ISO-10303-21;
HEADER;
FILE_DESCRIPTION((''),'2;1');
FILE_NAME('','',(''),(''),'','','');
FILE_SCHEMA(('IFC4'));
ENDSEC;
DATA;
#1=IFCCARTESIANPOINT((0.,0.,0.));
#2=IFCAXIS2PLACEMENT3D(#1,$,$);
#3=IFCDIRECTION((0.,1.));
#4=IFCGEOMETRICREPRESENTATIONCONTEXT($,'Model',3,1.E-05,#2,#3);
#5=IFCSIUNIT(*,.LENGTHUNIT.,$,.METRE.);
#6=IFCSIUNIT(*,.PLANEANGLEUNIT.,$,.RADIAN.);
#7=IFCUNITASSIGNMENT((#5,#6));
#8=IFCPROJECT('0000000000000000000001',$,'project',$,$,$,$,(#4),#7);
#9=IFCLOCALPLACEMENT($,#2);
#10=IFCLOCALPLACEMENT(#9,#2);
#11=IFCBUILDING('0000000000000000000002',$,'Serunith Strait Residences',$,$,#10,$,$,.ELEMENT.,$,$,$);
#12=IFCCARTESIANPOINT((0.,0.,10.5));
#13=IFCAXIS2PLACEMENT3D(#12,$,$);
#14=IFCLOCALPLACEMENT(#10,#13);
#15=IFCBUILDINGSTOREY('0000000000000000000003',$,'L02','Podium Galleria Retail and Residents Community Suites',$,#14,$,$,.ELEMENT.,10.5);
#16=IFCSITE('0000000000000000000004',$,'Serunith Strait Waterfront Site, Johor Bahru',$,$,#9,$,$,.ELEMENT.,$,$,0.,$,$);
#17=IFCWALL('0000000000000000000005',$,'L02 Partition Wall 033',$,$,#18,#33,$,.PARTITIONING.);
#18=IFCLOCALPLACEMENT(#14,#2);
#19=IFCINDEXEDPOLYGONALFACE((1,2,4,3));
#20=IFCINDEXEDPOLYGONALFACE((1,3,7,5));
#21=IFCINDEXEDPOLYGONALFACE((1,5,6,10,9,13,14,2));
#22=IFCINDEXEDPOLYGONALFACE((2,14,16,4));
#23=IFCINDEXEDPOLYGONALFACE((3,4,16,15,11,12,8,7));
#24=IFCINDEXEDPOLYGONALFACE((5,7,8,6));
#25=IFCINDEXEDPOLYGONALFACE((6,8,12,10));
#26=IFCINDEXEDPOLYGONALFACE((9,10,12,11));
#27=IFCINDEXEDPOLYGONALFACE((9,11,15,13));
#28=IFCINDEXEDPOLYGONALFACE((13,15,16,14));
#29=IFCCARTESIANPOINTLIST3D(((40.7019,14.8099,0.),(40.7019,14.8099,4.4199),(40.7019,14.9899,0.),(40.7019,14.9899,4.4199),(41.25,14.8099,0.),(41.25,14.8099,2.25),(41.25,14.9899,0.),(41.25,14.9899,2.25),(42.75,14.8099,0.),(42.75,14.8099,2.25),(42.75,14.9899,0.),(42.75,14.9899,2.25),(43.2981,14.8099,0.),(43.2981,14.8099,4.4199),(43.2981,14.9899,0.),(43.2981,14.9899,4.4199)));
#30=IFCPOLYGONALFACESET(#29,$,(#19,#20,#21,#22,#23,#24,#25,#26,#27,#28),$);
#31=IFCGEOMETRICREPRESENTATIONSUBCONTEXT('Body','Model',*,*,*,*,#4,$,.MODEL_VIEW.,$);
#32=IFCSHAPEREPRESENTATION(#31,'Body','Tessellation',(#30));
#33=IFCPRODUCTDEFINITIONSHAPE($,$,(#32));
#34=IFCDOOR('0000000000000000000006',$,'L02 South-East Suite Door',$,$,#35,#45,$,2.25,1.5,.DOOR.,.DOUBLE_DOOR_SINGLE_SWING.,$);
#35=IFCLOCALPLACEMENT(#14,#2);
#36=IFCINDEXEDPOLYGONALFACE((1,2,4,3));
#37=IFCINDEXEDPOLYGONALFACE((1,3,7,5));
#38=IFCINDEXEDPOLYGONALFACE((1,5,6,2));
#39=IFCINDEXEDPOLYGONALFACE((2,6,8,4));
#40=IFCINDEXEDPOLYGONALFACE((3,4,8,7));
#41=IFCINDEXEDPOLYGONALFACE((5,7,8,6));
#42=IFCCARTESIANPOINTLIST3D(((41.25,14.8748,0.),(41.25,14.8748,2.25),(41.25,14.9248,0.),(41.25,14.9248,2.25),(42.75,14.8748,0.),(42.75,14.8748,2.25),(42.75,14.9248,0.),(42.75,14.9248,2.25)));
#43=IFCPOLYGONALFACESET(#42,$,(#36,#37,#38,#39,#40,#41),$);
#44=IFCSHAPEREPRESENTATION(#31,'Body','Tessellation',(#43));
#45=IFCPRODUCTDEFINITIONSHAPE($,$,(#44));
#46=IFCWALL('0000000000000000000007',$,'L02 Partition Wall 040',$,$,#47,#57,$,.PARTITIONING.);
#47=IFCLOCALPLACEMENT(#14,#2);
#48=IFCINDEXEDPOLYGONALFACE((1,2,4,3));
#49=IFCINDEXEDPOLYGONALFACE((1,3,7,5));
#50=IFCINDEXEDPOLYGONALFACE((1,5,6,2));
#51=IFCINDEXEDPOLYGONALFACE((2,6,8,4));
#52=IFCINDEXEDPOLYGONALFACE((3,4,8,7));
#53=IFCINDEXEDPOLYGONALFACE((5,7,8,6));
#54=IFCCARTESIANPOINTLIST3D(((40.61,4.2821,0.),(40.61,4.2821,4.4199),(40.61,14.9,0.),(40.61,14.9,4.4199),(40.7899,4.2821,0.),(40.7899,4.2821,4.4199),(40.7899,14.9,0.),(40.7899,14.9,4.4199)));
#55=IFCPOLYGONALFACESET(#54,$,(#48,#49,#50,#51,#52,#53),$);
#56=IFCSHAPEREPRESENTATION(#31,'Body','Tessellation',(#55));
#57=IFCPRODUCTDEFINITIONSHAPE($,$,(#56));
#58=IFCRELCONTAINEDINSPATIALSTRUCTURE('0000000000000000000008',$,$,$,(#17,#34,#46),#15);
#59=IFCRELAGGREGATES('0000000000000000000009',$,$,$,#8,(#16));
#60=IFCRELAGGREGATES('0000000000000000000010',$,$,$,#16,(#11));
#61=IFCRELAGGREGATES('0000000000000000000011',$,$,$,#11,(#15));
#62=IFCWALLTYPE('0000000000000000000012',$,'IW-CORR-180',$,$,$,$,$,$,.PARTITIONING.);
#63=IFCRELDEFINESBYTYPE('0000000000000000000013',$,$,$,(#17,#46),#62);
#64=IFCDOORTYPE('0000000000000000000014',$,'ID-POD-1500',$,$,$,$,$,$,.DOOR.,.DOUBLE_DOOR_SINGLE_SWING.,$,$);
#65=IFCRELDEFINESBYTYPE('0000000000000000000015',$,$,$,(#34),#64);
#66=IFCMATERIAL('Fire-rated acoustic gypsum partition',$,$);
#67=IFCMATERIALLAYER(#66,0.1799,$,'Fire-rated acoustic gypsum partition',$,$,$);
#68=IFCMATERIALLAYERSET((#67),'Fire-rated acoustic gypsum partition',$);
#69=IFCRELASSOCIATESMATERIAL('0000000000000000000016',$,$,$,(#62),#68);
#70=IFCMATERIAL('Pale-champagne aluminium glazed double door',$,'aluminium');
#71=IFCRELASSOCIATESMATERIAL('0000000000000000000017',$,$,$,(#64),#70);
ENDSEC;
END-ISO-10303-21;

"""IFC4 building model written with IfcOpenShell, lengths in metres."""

from ifc_helpers import new_model, si_unit, direction, frame, frame_2d, origin, place, context, subcontext, project, spatial, rectangle, extrude, source, transform, mapped, material, layer, layer_set, type_object, element, fill, save


model = new_model("IFC4")

# Units and contexts
model_context = context("Model", 3, precision=1e-05, world=origin(), true_north=direction((0.0, 1.0)))
body_context = subcontext(model_context, "Body", "Model", "MODEL_VIEW")
ifc_project = project(units=[si_unit("LENGTHUNIT", "METRE"), si_unit("PLANEANGLEUNIT", "RADIAN")], contexts=[model_context])

# Site, building, storey
site_placement = place(None, origin())
site = spatial("IfcSite", under=ifc_project, at=site_placement, Name="Serunith Strait Waterfront Site, Johor Bahru", CompositionType="ELEMENT", RefElevation=0.0)
building_placement = place(site_placement, origin())
building = spatial("IfcBuilding", under=site, at=building_placement, Name="Serunith Strait Residences", CompositionType="ELEMENT")
storey_placement = place(building_placement, frame((0.0, 0.0, 10.5)))
storey = spatial("IfcBuildingStorey", under=building, at=storey_placement, Name="L02", Description="Podium Galleria Retail and Residents Community Suites", CompositionType="ELEMENT", Elevation=10.5)

# Shared definitions
ifc_material_1 = material(Name="Fire-rated acoustic gypsum partition")
ifc_layer_1 = layer(ifc_material_1, 0.1799, Name="Fire-rated acoustic gypsum partition")
ifc_layer_set_1 = layer_set([ifc_layer_1], Name="Fire-rated acoustic gypsum partition")
wall_type_1 = type_object("IfcWallType", Name="IW-CORR-180", PredefinedType="PARTITIONING", material=ifc_layer_set_1)

# Wall, opening, door
ifc_material_2 = material(Name="Pale-champagne aluminium glazed double door", Category="aluminium")
door_type = type_object("IfcDoorType", Name="ID-POD-1500", OperationType="DOUBLE_DOOR_SINGLE_SWING", PredefinedType="DOOR", material=ifc_material_2)
shared_shape_1 = source(origin(), body_context, "Body", "SweptSolid", [
    extrude(rectangle(XDim=1.5, YDim=2.25, at=frame_2d((0.75, 1.125))), frame((0.0, 0.0249, 0.0), z_axis=(0.0, -1.0, 0.0), x_axis=(1.0, 0.0, 0.0)), (0.0, 0.0, 1.0), 0.05),
])
wall_1_placement = place(storey_placement, frame((40.7019, 14.8999, 0.0), z_axis=(0.0, 0.0, 1.0), x_axis=(1.0, 0.0, 0.0)))
wall_1 = element("IfcWall", 1, at=wall_1_placement, inside=storey, type_object=wall_type_1, Name="L02 Partition Wall 033", PredefinedType="PARTITIONING", context=body_context, shape_type="SweptSolid", body=[
    extrude(rectangle(XDim=2.5962, YDim=0.1799, at=frame_2d((1.2981, 0.0))), origin(), (0.0, 0.0, 1.0), 4.4199),
])
opening_1_placement = place(wall_1_placement, frame((0.5481, 0.0, 0.0)))
opening_1 = element("IfcOpeningElement", 2, at=opening_1_placement, cuts=wall_1, PredefinedType="OPENING", context=body_context, shape_type="SweptSolid", body=[
    extrude(rectangle(XDim=1.5, YDim=2.25, at=frame_2d((0.75, 1.125))), frame((0.0, 0.1001, 0.0), z_axis=(0.0, -1.0, 0.0), x_axis=(1.0, 0.0, 0.0)), (0.0, 0.0, 1.0), 0.2),
])
door_1_placement = place(opening_1_placement, origin())
door_1 = element("IfcDoor", 3, at=door_1_placement, inside=storey, type_object=door_type, Name="L02 South-East Suite Door", OperationType="DOUBLE_DOOR_SINGLE_SWING", OverallHeight=2.25, OverallWidth=1.5, PredefinedType="DOOR", context=body_context, shape_type="MappedRepresentation", body=[
    mapped(shared_shape_1, transform((0.0, 0.0, 0.0), scale=1.0)),
])
fill(opening_1, door_1)

# Wall
wall_2_placement = place(storey_placement, frame((40.7, 4.282, 0.0), z_axis=(0.0, 0.0, 1.0), x_axis=(0.0, 1.0, 0.0)))
element("IfcWall", 4, at=wall_2_placement, inside=storey, type_object=wall_type_1, Name="L02 Partition Wall 040", PredefinedType="PARTITIONING", context=body_context, shape_type="SweptSolid", body=[
    extrude(rectangle(XDim=10.6179, YDim=0.1799, at=frame_2d((5.3091, 0.0))), origin(), (0.0, 0.0, 1.0), 4.4199),
])

save(model, "model.ifc")
